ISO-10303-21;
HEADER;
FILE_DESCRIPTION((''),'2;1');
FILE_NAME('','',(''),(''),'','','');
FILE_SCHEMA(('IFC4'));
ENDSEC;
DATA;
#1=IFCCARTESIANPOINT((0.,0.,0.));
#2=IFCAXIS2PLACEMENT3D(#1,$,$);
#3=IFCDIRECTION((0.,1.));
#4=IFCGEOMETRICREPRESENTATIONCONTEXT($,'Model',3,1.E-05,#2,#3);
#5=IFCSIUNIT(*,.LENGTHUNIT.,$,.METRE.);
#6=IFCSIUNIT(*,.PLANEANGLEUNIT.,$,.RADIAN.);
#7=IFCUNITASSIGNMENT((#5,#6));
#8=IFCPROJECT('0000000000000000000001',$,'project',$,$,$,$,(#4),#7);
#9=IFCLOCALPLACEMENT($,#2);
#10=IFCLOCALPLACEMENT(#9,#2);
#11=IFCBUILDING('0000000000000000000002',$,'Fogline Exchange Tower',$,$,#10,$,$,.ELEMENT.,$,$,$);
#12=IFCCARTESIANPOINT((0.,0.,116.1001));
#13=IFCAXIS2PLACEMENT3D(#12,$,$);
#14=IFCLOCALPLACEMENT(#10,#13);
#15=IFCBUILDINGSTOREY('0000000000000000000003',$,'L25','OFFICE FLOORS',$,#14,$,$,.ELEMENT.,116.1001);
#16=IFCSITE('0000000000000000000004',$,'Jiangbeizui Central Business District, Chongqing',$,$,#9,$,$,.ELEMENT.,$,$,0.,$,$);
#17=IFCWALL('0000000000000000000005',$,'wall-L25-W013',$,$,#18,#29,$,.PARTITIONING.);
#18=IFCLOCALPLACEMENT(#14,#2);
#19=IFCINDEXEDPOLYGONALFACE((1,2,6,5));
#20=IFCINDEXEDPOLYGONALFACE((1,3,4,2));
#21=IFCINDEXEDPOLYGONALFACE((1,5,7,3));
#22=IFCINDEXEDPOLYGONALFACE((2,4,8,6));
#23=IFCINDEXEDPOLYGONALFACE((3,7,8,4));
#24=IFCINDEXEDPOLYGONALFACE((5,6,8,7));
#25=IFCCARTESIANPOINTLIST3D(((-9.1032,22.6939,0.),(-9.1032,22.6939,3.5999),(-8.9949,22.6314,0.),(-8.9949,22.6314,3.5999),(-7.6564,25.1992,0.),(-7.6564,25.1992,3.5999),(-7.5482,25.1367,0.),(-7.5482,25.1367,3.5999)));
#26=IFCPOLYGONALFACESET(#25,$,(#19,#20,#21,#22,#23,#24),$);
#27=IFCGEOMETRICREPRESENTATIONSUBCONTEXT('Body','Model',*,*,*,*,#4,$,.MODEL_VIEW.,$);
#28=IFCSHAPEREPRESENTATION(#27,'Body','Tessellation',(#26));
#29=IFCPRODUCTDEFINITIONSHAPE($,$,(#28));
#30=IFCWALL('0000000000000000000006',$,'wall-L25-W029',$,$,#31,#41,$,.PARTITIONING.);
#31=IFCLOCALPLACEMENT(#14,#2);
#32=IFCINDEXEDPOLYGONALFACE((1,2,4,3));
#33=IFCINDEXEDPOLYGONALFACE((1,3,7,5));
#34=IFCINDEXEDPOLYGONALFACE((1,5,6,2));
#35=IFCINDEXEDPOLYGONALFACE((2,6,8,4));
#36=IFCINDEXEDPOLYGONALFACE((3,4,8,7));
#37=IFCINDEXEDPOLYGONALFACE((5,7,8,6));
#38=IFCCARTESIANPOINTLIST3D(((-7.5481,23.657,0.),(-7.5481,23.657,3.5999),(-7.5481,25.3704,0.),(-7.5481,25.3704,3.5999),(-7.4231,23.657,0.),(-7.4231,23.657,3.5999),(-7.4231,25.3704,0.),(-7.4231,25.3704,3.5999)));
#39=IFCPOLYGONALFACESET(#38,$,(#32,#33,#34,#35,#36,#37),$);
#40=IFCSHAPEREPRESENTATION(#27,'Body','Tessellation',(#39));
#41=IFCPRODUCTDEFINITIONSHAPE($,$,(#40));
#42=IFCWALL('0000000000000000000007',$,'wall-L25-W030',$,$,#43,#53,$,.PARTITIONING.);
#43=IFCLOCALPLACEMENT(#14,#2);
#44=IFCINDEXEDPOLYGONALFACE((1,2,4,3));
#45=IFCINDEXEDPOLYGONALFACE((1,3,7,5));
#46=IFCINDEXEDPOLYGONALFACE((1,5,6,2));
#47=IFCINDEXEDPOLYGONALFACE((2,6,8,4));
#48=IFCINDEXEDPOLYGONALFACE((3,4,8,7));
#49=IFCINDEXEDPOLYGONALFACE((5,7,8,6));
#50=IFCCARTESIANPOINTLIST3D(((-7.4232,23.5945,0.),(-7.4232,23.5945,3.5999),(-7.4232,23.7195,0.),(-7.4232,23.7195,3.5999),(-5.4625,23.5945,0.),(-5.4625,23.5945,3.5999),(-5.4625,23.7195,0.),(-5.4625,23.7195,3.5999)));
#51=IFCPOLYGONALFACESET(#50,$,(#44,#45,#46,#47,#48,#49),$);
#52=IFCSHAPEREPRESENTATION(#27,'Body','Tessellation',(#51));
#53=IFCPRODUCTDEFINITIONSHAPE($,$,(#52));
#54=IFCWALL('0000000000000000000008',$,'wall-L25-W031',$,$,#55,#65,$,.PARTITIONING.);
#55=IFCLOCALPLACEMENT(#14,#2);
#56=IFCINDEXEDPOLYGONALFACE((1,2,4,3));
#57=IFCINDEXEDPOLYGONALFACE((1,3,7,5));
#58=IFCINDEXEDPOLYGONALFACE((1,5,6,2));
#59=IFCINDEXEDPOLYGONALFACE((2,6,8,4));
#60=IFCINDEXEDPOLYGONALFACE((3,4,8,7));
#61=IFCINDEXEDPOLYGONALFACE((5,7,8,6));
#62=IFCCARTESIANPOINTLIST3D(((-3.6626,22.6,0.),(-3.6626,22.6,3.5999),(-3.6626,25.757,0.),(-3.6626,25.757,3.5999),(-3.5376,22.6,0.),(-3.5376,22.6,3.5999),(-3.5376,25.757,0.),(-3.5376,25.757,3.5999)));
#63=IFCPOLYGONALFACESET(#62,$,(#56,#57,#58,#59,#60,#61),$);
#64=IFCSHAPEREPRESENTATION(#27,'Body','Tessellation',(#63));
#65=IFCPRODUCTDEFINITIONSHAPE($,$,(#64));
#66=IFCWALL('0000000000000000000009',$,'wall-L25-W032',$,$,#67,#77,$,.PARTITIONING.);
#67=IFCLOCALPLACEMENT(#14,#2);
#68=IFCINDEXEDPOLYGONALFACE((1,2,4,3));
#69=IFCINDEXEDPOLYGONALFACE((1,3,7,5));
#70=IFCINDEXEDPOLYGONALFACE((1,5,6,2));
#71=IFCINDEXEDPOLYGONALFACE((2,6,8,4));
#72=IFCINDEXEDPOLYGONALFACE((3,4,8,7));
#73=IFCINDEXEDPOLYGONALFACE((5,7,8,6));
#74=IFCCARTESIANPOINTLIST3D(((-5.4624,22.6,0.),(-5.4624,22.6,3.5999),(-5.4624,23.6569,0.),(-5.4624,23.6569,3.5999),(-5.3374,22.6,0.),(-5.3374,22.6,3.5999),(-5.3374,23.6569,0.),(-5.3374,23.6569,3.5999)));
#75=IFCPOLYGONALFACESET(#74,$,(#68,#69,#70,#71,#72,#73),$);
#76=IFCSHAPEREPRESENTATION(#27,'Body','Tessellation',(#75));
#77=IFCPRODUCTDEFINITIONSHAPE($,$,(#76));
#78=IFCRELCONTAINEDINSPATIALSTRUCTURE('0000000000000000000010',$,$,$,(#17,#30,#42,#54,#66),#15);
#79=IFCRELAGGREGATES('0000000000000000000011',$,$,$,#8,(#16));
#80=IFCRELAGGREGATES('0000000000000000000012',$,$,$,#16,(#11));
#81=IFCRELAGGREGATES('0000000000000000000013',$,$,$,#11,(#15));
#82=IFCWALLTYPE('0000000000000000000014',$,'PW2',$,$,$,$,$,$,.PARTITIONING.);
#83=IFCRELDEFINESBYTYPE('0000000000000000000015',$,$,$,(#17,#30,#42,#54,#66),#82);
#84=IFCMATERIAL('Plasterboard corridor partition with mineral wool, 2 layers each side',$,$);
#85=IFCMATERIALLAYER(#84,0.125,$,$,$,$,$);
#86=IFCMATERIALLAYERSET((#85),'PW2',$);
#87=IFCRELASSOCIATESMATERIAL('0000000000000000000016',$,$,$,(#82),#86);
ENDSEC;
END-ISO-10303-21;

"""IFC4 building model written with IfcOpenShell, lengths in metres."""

from ifc_helpers import new_model, si_unit, direction, frame, frame_2d, origin, place, context, subcontext, project, spatial, rectangle, extrude, material, layer, layer_set, type_object, element, save


model = new_model("IFC4")

# Units and contexts
model_context = context("Model", 3, precision=1e-05, world=origin(), true_north=direction((0.0, 1.0)))
body_context = subcontext(model_context, "Body", "Model", "MODEL_VIEW")
ifc_project = project(units=[si_unit("LENGTHUNIT", "METRE"), si_unit("PLANEANGLEUNIT", "RADIAN")], contexts=[model_context])

# Site, building, storey
site_placement = place(None, origin())
site = spatial("IfcSite", under=ifc_project, at=site_placement, Name="Jiangbeizui Central Business District, Chongqing", CompositionType="ELEMENT", RefElevation=0.0)
building_placement = place(site_placement, origin())
building = spatial("IfcBuilding", under=site, at=building_placement, Name="Fogline Exchange Tower", CompositionType="ELEMENT")
storey_placement = place(building_placement, frame((0.0, 0.0, 116.1001)))
storey = spatial("IfcBuildingStorey", under=building, at=storey_placement, Name="L25", Description="OFFICE FLOORS", CompositionType="ELEMENT", Elevation=116.1001)

# Shared definitions
ifc_material_1 = material(Name="Plasterboard corridor partition with mineral wool, 2 layers each side")
ifc_layer_1 = layer(ifc_material_1, 0.125)
ifc_layer_set_1 = layer_set([ifc_layer_1], Name="PW2")
wall_type_1 = type_object("IfcWallType", Name="PW2", PredefinedType="PARTITIONING", material=ifc_layer_set_1)

# Walls
wall_1_placement = place(storey_placement, frame((-7.6023, 25.168, 0.0), z_axis=(0.0, 0.0, 1.0), x_axis=(-0.500078, -0.86598, 0.0)))
element("IfcWall", 1, at=wall_1_placement, inside=storey, type_object=wall_type_1, Name="wall-L25-W013", PredefinedType="PARTITIONING", context=body_context, shape_type="SweptSolid", body=[
    extrude(rectangle(XDim=2.8931, YDim=0.125, at=frame_2d((1.4465, 0.0))), origin(), (0.0, 0.0, 1.0), 3.5999),
])
wall_2_placement = place(storey_placement, frame((-7.4856, 23.657, 0.0), z_axis=(0.0, 0.0, 1.0), x_axis=(0.0, 1.0, 0.0)))
element("IfcWall", 2, at=wall_2_placement, inside=storey, type_object=wall_type_1, Name="wall-L25-W029", PredefinedType="PARTITIONING", context=body_context, shape_type="SweptSolid", body=[
    extrude(rectangle(XDim=1.7134, YDim=0.125, at=frame_2d((0.8567, 0.0))), origin(), (0.0, 0.0, 1.0), 3.5999),
])
wall_3_placement = place(storey_placement, frame((-5.4624, 23.657, 0.0), z_axis=(0.0, 0.0, 1.0), x_axis=(-1.0, 0.0, 0.0)))
element("IfcWall", 3, at=wall_3_placement, inside=storey, type_object=wall_type_1, Name="wall-L25-W030", PredefinedType="PARTITIONING", context=body_context, shape_type="SweptSolid", body=[
    extrude(rectangle(XDim=1.9607, YDim=0.125, at=frame_2d((0.9805, 0.0))), origin(), (0.0, 0.0, 1.0), 3.5999),
])
wall_4_placement = place(storey_placement, frame((-3.6001, 25.7571, 0.0), z_axis=(0.0, 0.0, 1.0), x_axis=(0.0, -1.0, 0.0)))
element("IfcWall", 4, at=wall_4_placement, inside=storey, type_object=wall_type_1, Name="wall-L25-W031", PredefinedType="PARTITIONING", context=body_context, shape_type="SweptSolid", body=[
    extrude(rectangle(XDim=3.157, YDim=0.125, at=frame_2d((1.5786, 0.0))), origin(), (0.0, 0.0, 1.0), 3.5999),
])
wall_5_placement = place(storey_placement, frame((-5.3999, 22.6001, 0.0), z_axis=(0.0, 0.0, 1.0), x_axis=(0.0, 1.0, 0.0)))
element("IfcWall", 5, at=wall_5_placement, inside=storey, type_object=wall_type_1, Name="wall-L25-W032", PredefinedType="PARTITIONING", context=body_context, shape_type="SweptSolid", body=[
    extrude(rectangle(XDim=1.0569, YDim=0.125, at=frame_2d((0.5283, 0.0))), origin(), (0.0, 0.0, 1.0), 3.5999),
])

save(model, "model.ifc")
